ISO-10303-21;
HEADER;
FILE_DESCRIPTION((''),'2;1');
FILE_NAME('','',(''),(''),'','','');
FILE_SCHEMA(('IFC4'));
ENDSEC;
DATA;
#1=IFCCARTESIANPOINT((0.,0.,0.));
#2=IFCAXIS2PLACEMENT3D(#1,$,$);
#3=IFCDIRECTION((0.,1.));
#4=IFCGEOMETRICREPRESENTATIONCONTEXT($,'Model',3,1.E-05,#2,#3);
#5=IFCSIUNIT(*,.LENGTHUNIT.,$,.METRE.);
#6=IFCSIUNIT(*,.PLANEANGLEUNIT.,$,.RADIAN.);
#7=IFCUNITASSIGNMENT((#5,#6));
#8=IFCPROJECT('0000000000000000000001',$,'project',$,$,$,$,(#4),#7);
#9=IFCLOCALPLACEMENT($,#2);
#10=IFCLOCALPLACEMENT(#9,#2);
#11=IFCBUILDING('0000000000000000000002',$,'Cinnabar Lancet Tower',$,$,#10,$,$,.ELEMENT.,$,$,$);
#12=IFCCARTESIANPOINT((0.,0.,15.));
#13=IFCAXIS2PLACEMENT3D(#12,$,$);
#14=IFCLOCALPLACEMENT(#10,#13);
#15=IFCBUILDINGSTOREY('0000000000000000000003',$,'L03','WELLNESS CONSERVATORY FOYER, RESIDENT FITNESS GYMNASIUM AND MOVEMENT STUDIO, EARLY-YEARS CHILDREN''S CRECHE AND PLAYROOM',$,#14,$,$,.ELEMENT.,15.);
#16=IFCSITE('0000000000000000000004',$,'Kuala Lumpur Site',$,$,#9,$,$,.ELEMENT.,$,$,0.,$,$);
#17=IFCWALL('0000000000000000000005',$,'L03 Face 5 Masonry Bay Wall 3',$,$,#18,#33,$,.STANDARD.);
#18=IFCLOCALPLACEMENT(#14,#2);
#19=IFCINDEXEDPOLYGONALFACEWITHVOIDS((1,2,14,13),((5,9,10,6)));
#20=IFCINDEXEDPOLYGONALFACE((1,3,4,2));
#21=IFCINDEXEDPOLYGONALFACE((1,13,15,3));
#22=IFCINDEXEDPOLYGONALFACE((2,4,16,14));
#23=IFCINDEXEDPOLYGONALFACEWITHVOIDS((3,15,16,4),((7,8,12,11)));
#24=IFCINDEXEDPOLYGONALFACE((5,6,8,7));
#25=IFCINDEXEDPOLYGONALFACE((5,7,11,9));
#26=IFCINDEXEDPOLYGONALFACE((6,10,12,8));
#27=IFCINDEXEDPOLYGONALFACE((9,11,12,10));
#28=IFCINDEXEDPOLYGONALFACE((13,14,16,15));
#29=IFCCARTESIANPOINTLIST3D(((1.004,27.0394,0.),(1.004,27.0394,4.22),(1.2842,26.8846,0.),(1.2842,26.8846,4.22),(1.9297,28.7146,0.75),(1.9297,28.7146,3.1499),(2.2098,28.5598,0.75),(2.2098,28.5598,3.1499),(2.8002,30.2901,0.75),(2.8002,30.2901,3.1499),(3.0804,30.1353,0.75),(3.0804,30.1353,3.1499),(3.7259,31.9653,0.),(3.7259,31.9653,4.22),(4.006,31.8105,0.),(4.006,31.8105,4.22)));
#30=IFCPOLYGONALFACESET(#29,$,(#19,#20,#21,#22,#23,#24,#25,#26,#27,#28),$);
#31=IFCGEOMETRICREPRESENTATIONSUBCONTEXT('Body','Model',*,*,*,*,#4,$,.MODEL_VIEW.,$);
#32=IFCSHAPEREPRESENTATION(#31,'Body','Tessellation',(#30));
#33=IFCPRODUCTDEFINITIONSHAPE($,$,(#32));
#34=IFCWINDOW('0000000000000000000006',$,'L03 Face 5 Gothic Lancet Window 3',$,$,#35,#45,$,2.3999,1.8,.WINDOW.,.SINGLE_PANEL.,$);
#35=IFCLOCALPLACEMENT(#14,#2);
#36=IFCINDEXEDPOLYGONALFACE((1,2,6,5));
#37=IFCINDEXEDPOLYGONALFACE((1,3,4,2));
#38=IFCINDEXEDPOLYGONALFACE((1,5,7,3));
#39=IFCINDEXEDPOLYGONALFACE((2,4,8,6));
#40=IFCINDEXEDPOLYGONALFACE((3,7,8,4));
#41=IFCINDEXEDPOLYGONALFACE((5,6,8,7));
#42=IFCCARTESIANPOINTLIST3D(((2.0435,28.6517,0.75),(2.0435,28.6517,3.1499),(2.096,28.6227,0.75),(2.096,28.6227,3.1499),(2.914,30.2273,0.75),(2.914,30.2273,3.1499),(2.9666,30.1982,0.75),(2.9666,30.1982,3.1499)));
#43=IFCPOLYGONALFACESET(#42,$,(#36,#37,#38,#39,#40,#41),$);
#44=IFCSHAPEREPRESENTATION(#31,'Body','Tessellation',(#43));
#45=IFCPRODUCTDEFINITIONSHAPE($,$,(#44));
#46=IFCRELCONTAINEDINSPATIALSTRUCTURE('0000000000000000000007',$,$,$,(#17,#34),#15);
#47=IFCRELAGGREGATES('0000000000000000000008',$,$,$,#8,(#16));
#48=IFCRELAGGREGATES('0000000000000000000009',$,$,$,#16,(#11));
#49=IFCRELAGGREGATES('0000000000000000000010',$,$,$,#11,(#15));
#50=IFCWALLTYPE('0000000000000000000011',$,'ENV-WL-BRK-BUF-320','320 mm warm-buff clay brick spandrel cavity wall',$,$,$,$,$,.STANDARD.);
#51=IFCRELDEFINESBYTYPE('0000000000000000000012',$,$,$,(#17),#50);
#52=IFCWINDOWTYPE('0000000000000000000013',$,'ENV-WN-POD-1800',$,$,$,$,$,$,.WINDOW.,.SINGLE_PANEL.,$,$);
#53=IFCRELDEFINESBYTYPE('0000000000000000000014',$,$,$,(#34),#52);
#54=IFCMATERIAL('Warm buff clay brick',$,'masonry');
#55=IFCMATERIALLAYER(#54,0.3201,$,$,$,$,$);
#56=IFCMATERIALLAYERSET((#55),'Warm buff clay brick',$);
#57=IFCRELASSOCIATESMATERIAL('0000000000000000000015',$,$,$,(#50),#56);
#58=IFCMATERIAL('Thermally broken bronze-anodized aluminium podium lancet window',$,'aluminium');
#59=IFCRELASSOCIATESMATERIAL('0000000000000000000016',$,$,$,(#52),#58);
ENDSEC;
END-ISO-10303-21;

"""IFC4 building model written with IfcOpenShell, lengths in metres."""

from ifc_helpers import new_model, si_unit, direction, frame, frame_2d, origin, place, context, subcontext, project, spatial, rectangle, extrude, material, layer, layer_set, type_object, element, fill, save


model = new_model("IFC4")

# Units and contexts
model_context = context("Model", 3, precision=1e-05, world=origin(), true_north=direction((0.0, 1.0)))
body_context = subcontext(model_context, "Body", "Model", "MODEL_VIEW")
ifc_project = project(units=[si_unit("LENGTHUNIT", "METRE"), si_unit("PLANEANGLEUNIT", "RADIAN")], contexts=[model_context])

# Site, building, storey
site_placement = place(None, origin())
site = spatial("IfcSite", under=ifc_project, at=site_placement, Name="Kuala Lumpur Site", CompositionType="ELEMENT", RefElevation=0.0)
building_placement = place(site_placement, origin())
building = spatial("IfcBuilding", under=site, at=building_placement, Name="Cinnabar Lancet Tower", CompositionType="ELEMENT")
storey_placement = place(building_placement, frame((0.0, 0.0, 15.0)))
storey = spatial("IfcBuildingStorey", under=building, at=storey_placement, Name="L03", Description="WELLNESS CONSERVATORY FOYER, RESIDENT FITNESS GYMNASIUM AND MOVEMENT STUDIO, EARLY-YEARS CHILDREN'S CRECHE AND PLAYROOM", CompositionType="ELEMENT", Elevation=15.0)

# Wall, opening, window
ifc_material_1 = material(Name="Warm buff clay brick", Category="masonry")
ifc_layer_1 = layer(ifc_material_1, 0.3201)
ifc_layer_set_1 = layer_set([ifc_layer_1], Name="Warm buff clay brick")
wall_type_1 = type_object("IfcWallType", Name="ENV-WL-BRK-BUF-320", Description="320 mm warm-buff clay brick spandrel cavity wall", PredefinedType="STANDARD", material=ifc_layer_set_1)
wall_1_placement = place(storey_placement, frame((3.866, 31.8879, 0.0), z_axis=(0.0, 0.0, 1.0), x_axis=(-0.483638, -0.875268, 0.0)))
wall_1 = element("IfcWall", 1, at=wall_1_placement, inside=storey, type_object=wall_type_1, Name="L03 Face 5 Masonry Bay Wall 3", PredefinedType="STANDARD", context=body_context, shape_type="SweptSolid", body=[
    extrude(rectangle(XDim=5.6279, YDim=0.3201, at=frame_2d((2.814, 0.0))), origin(), (0.0, 0.0, 1.0), 4.22),
])
opening_1_placement = place(wall_1_placement, frame((1.9141, 0.0, 0.75)))
opening_1 = element("IfcOpeningElement", 2, at=opening_1_placement, cuts=wall_1, PredefinedType="OPENING", context=body_context, shape_type="SweptSolid", body=[
    extrude(rectangle(XDim=1.8, YDim=2.3999, at=frame_2d((0.8999, 1.2))), frame((0.0, 0.1699, 0.0), z_axis=(0.0, -1.0, 0.0), x_axis=(1.0, 0.0, 0.0)), (0.0, 0.0, 1.0), 0.3401),
])
ifc_material_2 = material(Name="Thermally broken bronze-anodized aluminium podium lancet window", Category="aluminium")
window_type = type_object("IfcWindowType", Name="ENV-WN-POD-1800", PartitioningType="SINGLE_PANEL", PredefinedType="WINDOW", material=ifc_material_2)
window_placement = place(opening_1_placement, origin())
window = element("IfcWindow", 3, at=window_placement, inside=storey, type_object=window_type, Name="L03 Face 5 Gothic Lancet Window 3", OverallHeight=2.3999, OverallWidth=1.8, PartitioningType="SINGLE_PANEL", PredefinedType="WINDOW", context=body_context, shape_type="SweptSolid", body=[
    extrude(rectangle(XDim=1.8, YDim=2.3999, at=frame_2d((0.8999, 1.2))), frame((0.0, 0.03, 0.0), z_axis=(0.0, -1.0, 0.0), x_axis=(1.0, 0.0, 0.0)), (0.0, 0.0, 1.0), 0.0601),
])
fill(opening_1, window)

save(model, "model.ifc")
